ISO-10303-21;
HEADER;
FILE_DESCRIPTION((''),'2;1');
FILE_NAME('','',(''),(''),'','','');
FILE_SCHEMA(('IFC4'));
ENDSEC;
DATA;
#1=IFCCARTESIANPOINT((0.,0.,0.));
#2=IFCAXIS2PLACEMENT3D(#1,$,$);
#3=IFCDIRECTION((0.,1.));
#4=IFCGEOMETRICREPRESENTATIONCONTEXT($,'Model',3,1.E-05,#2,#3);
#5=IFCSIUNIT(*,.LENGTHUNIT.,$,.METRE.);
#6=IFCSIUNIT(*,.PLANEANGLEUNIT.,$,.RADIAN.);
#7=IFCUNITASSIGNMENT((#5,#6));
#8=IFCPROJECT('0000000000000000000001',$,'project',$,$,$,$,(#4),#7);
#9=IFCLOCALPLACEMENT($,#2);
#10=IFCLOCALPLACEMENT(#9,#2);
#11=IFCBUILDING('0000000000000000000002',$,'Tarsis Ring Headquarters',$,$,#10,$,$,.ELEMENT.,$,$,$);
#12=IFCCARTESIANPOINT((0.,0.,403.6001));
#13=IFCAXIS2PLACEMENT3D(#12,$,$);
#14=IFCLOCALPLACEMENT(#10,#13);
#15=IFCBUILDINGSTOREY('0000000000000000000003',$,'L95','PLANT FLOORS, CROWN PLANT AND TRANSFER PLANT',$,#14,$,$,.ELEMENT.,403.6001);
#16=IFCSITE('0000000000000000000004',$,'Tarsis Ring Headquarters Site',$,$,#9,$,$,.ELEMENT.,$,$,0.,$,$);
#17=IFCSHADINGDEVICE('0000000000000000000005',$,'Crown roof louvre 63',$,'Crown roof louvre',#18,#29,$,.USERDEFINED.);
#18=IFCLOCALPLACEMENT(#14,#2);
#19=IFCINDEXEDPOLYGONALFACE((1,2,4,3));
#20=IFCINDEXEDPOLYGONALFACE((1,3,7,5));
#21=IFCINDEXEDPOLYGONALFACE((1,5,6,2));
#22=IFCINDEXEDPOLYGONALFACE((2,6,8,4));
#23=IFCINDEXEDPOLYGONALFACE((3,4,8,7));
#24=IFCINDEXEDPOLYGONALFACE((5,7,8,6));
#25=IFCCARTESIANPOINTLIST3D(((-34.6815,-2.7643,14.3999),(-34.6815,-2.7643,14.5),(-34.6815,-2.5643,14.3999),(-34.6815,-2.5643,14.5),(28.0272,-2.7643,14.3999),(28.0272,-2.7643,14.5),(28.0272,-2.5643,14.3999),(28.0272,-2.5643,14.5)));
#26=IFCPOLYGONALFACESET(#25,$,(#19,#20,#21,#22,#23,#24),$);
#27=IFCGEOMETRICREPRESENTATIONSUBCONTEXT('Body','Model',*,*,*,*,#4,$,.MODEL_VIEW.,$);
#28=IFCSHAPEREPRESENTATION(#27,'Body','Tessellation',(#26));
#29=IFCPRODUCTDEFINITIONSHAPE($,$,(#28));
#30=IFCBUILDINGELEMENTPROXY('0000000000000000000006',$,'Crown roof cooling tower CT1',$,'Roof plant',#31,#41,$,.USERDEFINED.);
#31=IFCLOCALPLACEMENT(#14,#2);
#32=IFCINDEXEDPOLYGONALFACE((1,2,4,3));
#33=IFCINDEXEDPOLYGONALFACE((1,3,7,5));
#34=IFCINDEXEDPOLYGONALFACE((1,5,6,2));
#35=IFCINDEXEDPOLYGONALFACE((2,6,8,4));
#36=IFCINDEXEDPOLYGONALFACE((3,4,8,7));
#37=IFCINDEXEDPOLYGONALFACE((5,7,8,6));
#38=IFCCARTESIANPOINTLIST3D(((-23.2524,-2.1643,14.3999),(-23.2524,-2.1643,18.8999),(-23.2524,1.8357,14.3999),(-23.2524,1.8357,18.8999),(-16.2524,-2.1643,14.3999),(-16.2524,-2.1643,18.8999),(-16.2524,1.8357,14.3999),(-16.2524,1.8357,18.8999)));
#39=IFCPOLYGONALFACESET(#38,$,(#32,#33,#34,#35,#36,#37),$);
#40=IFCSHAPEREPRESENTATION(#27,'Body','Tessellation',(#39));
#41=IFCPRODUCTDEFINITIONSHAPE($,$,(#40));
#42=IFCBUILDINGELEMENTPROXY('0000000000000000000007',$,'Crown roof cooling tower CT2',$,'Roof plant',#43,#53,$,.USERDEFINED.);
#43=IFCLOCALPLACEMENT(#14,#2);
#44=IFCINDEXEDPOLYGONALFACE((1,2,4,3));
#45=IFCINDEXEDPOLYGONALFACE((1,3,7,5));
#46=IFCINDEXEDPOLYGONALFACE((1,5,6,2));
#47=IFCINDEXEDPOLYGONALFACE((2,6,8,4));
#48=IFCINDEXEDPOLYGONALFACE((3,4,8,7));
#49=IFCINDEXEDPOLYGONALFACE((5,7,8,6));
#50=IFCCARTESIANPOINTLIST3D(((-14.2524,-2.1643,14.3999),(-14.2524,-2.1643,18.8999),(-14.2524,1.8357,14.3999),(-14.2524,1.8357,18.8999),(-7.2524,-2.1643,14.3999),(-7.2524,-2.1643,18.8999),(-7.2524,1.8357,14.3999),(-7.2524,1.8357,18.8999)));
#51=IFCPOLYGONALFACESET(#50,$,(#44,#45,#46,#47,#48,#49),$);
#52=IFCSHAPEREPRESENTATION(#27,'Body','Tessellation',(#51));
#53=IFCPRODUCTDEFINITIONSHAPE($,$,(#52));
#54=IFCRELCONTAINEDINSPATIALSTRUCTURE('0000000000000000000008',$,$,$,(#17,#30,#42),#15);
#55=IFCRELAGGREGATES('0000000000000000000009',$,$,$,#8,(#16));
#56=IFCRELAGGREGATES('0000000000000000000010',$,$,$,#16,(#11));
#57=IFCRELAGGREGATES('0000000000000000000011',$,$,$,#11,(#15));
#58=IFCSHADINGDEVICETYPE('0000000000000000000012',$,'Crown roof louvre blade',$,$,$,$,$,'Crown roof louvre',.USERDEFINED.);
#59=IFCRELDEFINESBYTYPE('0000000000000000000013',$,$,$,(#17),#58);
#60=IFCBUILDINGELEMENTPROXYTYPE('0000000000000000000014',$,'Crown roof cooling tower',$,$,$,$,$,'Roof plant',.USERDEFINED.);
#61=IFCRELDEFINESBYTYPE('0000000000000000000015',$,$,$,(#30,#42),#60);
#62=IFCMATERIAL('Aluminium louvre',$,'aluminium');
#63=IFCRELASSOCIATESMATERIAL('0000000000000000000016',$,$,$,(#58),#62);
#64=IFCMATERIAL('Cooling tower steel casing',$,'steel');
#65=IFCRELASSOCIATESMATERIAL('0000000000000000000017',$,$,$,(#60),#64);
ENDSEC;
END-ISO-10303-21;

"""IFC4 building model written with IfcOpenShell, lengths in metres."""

from ifc_helpers import new_model, si_unit, direction, frame, origin, origin_2d, place, context, subcontext, project, spatial, rectangle, extrude, material, type_object, element, save


model = new_model("IFC4")

# Units and contexts
model_context = context("Model", 3, precision=1e-05, world=origin(), true_north=direction((0.0, 1.0)))
body_context = subcontext(model_context, "Body", "Model", "MODEL_VIEW")
ifc_project = project(units=[si_unit("LENGTHUNIT", "METRE"), si_unit("PLANEANGLEUNIT", "RADIAN")], contexts=[model_context])

# Site, building, storey
site_placement = place(None, origin())
site = spatial("IfcSite", under=ifc_project, at=site_placement, Name="Tarsis Ring Headquarters Site", CompositionType="ELEMENT", RefElevation=0.0)
building_placement = place(site_placement, origin())
building = spatial("IfcBuilding", under=site, at=building_placement, Name="Tarsis Ring Headquarters", CompositionType="ELEMENT")
storey_placement = place(building_placement, frame((0.0, 0.0, 403.6001)))
storey = spatial("IfcBuildingStorey", under=building, at=storey_placement, Name="L95", Description="PLANT FLOORS, CROWN PLANT AND TRANSFER PLANT", CompositionType="ELEMENT", Elevation=403.6001)

# Shading device
ifc_material_1 = material(Name="Aluminium louvre", Category="aluminium")
shading_device_type = type_object("IfcShadingDeviceType", Name="Crown roof louvre blade", ElementType="Crown roof louvre", PredefinedType="USERDEFINED", material=ifc_material_1)
shading_device_1_placement = place(storey_placement, frame((-3.3271, -2.6643, 14.3999), z_axis=(0.0, 0.0, 1.0), x_axis=(1.0, 0.0, 0.0)))
element("IfcShadingDevice", 1, at=shading_device_1_placement, inside=storey, type_object=shading_device_type, Name="Crown roof louvre 63", ObjectType="Crown roof louvre", PredefinedType="USERDEFINED", context=body_context, shape_type="SweptSolid", body=[
    extrude(rectangle(XDim=62.7087, YDim=0.2, at=origin_2d()), origin(), (0.0, 0.0, 1.0), 0.1001),
])

# Building element proxies
ifc_material_2 = material(Name="Cooling tower steel casing", Category="steel")
building_element_proxy_type = type_object("IfcBuildingElementProxyType", Name="Crown roof cooling tower", ElementType="Roof plant", PredefinedType="USERDEFINED", material=ifc_material_2)
for number, where, z_axis, x_axis, name in (
    (2, (-19.7524, -0.1643, 14.3999), (0.0, 0.0, 1.0), (1.0, 0.0, 0.0), "Crown roof cooling tower CT1"),
    (3, (-10.7524, -0.1643, 14.3999), (0.0, 0.0, 1.0), (1.0, 0.0, 0.0), "Crown roof cooling tower CT2"),
):
    element("IfcBuildingElementProxy", number, at=place(storey_placement, frame(where, z_axis=z_axis, x_axis=x_axis)), inside=storey, type_object=building_element_proxy_type, Name=name, ObjectType="Roof plant", PredefinedType="USERDEFINED", context=body_context, shape_type="SweptSolid", body=[
        extrude(rectangle(XDim=7.0, YDim=4.0, at=origin_2d()), origin(), (0.0, 0.0, 1.0), 4.5),
    ])

save(model, "model.ifc")
